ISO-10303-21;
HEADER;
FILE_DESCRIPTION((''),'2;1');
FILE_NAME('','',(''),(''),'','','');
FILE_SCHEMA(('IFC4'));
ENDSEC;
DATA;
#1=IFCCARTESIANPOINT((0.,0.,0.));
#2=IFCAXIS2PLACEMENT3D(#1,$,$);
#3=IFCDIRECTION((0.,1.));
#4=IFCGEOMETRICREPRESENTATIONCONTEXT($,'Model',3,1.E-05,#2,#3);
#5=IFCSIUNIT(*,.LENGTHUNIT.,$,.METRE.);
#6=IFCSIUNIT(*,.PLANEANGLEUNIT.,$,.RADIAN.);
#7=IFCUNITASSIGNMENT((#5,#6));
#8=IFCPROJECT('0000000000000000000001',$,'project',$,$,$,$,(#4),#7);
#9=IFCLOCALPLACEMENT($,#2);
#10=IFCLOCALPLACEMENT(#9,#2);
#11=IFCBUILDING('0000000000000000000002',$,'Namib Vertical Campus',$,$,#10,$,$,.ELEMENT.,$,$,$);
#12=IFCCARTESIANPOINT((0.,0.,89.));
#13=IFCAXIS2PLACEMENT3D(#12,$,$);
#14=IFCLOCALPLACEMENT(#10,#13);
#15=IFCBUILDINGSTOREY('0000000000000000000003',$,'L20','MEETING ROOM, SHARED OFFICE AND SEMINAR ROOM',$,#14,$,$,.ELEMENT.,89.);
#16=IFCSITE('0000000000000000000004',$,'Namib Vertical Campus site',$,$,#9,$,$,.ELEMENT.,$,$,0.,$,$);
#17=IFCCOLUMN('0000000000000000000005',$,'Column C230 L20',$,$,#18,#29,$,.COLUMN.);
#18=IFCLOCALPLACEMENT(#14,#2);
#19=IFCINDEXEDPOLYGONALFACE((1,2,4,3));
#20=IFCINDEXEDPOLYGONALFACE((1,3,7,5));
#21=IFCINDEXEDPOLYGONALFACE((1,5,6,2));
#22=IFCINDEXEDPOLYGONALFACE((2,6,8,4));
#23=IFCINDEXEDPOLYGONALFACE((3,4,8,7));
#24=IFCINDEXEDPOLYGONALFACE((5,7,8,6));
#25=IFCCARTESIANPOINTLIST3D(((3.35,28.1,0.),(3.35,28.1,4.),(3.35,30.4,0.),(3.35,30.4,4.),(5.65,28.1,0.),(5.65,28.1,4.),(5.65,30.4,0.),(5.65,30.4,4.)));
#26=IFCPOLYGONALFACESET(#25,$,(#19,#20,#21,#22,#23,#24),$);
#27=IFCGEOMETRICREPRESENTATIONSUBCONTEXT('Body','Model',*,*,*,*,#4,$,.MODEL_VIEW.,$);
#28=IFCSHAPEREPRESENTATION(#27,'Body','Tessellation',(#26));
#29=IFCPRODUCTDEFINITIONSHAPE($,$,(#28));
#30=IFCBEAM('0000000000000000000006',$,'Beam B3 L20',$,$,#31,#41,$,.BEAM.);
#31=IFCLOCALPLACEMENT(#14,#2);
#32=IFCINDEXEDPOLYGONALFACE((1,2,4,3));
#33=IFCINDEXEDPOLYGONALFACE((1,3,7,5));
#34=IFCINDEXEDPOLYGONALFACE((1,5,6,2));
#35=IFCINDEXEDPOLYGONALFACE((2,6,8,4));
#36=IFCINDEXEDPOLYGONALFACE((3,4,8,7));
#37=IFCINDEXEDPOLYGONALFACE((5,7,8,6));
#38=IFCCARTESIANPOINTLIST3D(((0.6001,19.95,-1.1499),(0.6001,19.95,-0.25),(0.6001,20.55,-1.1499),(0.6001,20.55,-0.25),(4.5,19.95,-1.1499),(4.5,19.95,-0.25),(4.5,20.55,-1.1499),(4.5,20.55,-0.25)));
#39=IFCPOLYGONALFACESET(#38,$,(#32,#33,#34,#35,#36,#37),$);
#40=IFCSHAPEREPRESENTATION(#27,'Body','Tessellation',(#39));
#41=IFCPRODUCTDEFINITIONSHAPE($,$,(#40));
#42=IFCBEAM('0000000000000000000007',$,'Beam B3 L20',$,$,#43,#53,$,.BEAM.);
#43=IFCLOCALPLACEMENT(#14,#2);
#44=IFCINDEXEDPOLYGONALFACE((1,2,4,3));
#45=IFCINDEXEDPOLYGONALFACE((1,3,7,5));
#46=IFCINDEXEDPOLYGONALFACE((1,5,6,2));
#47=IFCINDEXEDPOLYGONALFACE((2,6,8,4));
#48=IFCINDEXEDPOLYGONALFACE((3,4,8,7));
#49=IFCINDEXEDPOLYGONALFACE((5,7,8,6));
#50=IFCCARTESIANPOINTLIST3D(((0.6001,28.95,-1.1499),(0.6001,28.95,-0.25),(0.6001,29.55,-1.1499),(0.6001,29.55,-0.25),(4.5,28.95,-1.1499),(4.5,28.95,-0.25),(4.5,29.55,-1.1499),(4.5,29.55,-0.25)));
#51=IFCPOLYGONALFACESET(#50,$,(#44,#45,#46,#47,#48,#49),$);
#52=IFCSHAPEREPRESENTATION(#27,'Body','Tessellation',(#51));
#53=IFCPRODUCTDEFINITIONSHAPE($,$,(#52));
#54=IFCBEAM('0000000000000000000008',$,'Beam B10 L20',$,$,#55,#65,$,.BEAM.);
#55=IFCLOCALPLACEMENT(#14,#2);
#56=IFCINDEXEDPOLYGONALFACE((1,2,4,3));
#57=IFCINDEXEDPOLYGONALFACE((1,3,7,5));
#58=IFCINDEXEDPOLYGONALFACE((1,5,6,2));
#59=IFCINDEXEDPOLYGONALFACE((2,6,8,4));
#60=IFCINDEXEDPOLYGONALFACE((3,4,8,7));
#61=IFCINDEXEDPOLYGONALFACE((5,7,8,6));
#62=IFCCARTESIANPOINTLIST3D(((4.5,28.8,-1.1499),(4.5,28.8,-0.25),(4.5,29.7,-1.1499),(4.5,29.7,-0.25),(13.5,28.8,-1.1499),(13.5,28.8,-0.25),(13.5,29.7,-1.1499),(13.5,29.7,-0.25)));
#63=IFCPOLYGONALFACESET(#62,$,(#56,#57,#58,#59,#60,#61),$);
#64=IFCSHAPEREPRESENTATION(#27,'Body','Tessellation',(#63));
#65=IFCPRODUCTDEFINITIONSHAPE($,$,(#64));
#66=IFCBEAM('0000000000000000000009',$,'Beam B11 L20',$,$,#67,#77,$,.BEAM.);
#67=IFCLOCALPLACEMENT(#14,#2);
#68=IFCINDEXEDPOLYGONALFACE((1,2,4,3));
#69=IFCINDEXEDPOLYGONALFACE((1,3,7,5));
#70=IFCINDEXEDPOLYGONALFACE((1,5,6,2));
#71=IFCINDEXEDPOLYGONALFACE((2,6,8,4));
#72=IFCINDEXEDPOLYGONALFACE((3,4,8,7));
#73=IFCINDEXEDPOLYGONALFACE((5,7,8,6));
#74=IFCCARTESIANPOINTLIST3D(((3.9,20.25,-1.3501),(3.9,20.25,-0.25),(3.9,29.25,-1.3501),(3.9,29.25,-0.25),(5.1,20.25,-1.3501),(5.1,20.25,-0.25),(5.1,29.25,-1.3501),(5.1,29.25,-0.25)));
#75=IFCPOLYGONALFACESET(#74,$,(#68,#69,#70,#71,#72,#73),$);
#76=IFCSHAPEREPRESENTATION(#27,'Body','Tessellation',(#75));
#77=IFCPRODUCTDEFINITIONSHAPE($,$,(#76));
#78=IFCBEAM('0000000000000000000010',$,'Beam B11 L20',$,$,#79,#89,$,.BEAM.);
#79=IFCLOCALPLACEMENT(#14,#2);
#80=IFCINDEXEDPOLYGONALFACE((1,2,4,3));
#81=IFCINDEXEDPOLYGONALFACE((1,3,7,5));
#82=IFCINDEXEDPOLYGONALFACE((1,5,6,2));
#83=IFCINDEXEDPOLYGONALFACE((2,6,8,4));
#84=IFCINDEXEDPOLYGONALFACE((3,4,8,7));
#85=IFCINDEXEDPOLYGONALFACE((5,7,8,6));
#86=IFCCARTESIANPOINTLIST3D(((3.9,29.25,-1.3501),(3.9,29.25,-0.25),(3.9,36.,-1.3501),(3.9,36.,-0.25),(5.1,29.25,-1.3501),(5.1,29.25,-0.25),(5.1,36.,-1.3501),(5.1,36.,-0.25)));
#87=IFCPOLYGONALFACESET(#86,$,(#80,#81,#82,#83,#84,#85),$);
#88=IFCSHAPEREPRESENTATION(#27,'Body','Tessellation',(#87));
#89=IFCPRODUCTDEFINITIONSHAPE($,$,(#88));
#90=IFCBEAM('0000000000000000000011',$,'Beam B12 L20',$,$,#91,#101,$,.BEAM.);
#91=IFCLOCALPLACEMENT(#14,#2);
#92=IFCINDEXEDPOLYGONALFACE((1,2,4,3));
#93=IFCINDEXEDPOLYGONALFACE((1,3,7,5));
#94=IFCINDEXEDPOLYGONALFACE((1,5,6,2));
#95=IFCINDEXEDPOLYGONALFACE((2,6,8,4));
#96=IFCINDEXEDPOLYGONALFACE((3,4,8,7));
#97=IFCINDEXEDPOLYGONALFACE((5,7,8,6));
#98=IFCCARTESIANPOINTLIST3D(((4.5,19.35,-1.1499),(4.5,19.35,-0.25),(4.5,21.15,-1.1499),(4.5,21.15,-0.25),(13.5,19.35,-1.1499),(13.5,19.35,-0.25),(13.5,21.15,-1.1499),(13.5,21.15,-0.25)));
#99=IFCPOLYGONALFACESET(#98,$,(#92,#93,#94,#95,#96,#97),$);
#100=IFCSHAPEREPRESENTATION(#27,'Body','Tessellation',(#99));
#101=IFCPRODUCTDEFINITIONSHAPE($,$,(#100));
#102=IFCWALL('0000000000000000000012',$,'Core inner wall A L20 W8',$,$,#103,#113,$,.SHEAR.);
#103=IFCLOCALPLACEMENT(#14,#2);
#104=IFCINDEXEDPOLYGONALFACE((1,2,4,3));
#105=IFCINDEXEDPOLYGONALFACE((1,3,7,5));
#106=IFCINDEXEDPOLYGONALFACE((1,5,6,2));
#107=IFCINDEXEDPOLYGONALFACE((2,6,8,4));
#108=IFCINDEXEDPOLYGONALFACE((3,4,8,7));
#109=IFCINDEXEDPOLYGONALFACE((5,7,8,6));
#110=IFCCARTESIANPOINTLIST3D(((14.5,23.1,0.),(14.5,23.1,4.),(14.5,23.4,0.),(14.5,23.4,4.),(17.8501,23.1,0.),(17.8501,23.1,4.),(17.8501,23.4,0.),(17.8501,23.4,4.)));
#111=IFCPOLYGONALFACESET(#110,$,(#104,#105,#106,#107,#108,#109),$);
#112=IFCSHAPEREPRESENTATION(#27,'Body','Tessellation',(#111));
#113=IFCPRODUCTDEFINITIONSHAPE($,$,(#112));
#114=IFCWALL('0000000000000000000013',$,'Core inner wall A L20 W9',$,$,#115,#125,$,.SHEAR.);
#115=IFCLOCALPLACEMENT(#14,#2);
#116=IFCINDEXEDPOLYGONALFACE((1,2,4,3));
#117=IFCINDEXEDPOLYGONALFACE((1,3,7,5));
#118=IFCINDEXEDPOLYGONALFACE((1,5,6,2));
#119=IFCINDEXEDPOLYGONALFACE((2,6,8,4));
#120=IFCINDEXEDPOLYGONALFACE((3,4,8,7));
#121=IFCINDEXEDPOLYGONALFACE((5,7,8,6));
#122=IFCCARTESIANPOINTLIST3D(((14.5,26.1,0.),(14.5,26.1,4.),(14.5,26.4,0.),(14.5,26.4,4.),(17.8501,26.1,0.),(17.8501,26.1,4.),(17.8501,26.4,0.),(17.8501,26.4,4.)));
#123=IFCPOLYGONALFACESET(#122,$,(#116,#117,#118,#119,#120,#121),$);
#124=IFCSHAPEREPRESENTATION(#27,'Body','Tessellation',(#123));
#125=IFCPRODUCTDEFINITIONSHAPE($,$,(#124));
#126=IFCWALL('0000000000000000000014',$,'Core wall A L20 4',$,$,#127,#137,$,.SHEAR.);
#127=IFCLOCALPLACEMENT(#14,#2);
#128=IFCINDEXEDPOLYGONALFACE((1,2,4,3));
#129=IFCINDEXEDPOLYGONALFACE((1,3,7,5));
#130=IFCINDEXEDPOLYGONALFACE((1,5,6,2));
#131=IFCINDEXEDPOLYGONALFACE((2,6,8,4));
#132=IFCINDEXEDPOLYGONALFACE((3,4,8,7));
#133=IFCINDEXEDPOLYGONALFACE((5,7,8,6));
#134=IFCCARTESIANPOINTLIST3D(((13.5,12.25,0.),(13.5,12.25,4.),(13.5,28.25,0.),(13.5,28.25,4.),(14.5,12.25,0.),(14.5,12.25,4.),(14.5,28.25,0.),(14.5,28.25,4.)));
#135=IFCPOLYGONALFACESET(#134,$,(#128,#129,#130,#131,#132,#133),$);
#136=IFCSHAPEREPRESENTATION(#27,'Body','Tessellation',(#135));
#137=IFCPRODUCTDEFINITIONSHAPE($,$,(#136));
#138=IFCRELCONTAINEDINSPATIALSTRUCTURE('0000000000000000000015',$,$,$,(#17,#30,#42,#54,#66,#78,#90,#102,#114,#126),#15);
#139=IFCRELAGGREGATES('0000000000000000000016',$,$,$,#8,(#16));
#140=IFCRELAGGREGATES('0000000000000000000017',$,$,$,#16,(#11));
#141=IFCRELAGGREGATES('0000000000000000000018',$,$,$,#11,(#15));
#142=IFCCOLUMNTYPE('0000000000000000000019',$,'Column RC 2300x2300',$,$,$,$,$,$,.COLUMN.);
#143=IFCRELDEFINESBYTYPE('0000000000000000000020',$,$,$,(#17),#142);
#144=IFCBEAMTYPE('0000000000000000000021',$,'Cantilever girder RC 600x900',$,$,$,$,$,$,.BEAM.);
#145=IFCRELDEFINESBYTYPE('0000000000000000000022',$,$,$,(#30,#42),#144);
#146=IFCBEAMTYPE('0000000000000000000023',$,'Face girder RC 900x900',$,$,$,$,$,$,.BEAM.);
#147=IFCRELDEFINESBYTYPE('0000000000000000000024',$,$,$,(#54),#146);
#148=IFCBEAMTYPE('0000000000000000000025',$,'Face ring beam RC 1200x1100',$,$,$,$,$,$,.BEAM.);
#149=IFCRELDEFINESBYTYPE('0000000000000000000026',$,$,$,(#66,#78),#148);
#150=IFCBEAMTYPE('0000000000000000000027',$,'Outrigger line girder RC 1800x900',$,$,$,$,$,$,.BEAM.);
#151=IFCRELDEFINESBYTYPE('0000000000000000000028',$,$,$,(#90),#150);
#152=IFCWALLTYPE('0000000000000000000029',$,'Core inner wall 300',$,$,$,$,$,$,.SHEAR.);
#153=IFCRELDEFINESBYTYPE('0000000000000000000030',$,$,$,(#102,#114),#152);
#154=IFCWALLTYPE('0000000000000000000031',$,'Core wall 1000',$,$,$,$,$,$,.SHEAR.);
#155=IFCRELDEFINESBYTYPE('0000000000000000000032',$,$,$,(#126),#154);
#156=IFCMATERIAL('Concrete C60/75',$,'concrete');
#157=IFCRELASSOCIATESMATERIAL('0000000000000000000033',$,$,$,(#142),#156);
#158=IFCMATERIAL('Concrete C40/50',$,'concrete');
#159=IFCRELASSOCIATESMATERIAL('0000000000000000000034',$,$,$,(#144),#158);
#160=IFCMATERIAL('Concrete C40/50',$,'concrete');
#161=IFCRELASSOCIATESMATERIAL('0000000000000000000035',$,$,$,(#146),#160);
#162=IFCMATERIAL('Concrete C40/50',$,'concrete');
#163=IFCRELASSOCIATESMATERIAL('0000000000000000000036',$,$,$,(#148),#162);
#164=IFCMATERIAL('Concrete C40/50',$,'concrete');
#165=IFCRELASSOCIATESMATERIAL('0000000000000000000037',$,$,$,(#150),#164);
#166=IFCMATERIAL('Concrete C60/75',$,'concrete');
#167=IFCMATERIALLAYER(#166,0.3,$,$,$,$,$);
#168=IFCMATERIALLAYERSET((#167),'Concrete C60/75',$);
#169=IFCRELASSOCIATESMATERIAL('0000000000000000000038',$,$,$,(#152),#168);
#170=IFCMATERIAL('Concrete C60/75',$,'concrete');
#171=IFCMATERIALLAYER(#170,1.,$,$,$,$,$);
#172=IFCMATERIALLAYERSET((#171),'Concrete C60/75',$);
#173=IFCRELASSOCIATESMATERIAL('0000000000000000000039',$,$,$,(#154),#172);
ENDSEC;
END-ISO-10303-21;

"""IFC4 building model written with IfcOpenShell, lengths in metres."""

from ifc_helpers import new_model, si_unit, direction, frame, frame_2d, origin, origin_2d, place, context, subcontext, project, spatial, rectangle, extrude, material, layer, layer_set, material_profile, profile_set, type_object, element, save


model = new_model("IFC4")

# Units and contexts
model_context = context("Model", 3, precision=1e-05, world=origin(), true_north=direction((0.0, 1.0)))
body_context = subcontext(model_context, "Body", "Model", "MODEL_VIEW")
ifc_project = project(units=[si_unit("LENGTHUNIT", "METRE"), si_unit("PLANEANGLEUNIT", "RADIAN")], contexts=[model_context])

# Site, building, storey
site_placement = place(None, origin())
site = spatial("IfcSite", under=ifc_project, at=site_placement, Name="Namib Vertical Campus site", CompositionType="ELEMENT", RefElevation=0.0)
building_placement = place(site_placement, origin())
building = spatial("IfcBuilding", under=site, at=building_placement, Name="Namib Vertical Campus", CompositionType="ELEMENT")
storey_placement = place(building_placement, frame((0.0, 0.0, 89.0)))
storey = spatial("IfcBuildingStorey", under=building, at=storey_placement, Name="L20", Description="MEETING ROOM, SHARED OFFICE AND SEMINAR ROOM", CompositionType="ELEMENT", Elevation=89.0)

# Column
ifc_material_1 = material(Name="Concrete C60/75", Category="concrete")
ifc_material_profile_1 = material_profile(ifc_material_1, rectangle(XDim=2.3, YDim=2.3, at=origin_2d()))
ifc_profile_set_1 = profile_set([ifc_material_profile_1], Name="Concrete C60/75")
column_type = type_object("IfcColumnType", Name="Column RC 2300x2300", PredefinedType="COLUMN", material=ifc_profile_set_1)
column_placement = place(storey_placement, frame((4.5, 29.25, 0.0), z_axis=(0.0, 0.0, 1.0), x_axis=(1.0, 0.0, 0.0)))
element("IfcColumn", 1, at=column_placement, inside=storey, type_object=column_type, Name="Column C230 L20", PredefinedType="COLUMN", context=body_context, shape_type="SweptSolid", body=[
    extrude(rectangle(XDim=2.3, YDim=2.3, at=origin_2d()), origin(), (0.0, 0.0, 1.0), 4.0),
])

# Beams
ifc_material_2 = material(Name="Concrete C40/50", Category="concrete")
ifc_material_profile_2 = material_profile(ifc_material_2, rectangle(XDim=0.6001, YDim=0.8999, at=origin_2d()))
ifc_profile_set_2 = profile_set([ifc_material_profile_2], Name="Concrete C40/50")
beam_type_1 = type_object("IfcBeamType", Name="Cantilever girder RC 600x900", PredefinedType="BEAM", material=ifc_profile_set_2)
for number, where, z_axis, x_axis, name in (
    (2, (4.5, 20.25, -0.7), (-1.0, 0.0, 0.0), (0.0, -1.0, 0.0), "Beam B3 L20"),
    (3, (4.5, 29.25, -0.7), (-1.0, 0.0, 0.0), (0.0, -1.0, 0.0), "Beam B3 L20"),
):
    element("IfcBeam", number, at=place(storey_placement, frame(where, z_axis=z_axis, x_axis=x_axis)), inside=storey, type_object=beam_type_1, Name=name, PredefinedType="BEAM", context=body_context, shape_type="SweptSolid", body=[
        extrude(rectangle(XDim=0.6001, YDim=0.8999, at=origin_2d()), origin(), (0.0, 0.0, 1.0), 3.8999),
    ])
ifc_material_3 = material(Name="Concrete C40/50", Category="concrete")
ifc_material_profile_3 = material_profile(ifc_material_3, rectangle(XDim=0.8999, YDim=0.8999, at=origin_2d()))
ifc_profile_set_3 = profile_set([ifc_material_profile_3], Name="Concrete C40/50")
beam_type_2 = type_object("IfcBeamType", Name="Face girder RC 900x900", PredefinedType="BEAM", material=ifc_profile_set_3)
beam_1_placement = place(storey_placement, frame((4.5, 29.25, -0.7), z_axis=(1.0, 0.0, 0.0), x_axis=(0.0, 1.0, 0.0)))
element("IfcBeam", 4, at=beam_1_placement, inside=storey, type_object=beam_type_2, Name="Beam B10 L20", PredefinedType="BEAM", context=body_context, shape_type="SweptSolid", body=[
    extrude(rectangle(XDim=0.8999, YDim=0.8999, at=origin_2d()), origin(), (0.0, 0.0, 1.0), 9.0),
])
ifc_material_4 = material(Name="Concrete C40/50", Category="concrete")
ifc_material_profile_4 = material_profile(ifc_material_4, rectangle(XDim=1.2, YDim=1.1001, at=origin_2d()))
ifc_profile_set_4 = profile_set([ifc_material_profile_4], Name="Concrete C40/50")
beam_type_3 = type_object("IfcBeamType", Name="Face ring beam RC 1200x1100", PredefinedType="BEAM", material=ifc_profile_set_4)
beam_2_placement = place(storey_placement, frame((4.5, 20.25, -0.8), z_axis=(0.0, 1.0, 0.0), x_axis=(-1.0, 0.0, 0.0)))
element("IfcBeam", 5, at=beam_2_placement, inside=storey, type_object=beam_type_3, Name="Beam B11 L20", PredefinedType="BEAM", context=body_context, shape_type="SweptSolid", body=[
    extrude(rectangle(XDim=1.2, YDim=1.1001, at=origin_2d()), origin(), (0.0, 0.0, 1.0), 9.0),
])
beam_3_placement = place(storey_placement, frame((4.5, 29.25, -0.8), z_axis=(0.0, 1.0, 0.0), x_axis=(-1.0, 0.0, 0.0)))
element("IfcBeam", 6, at=beam_3_placement, inside=storey, type_object=beam_type_3, Name="Beam B11 L20", PredefinedType="BEAM", context=body_context, shape_type="SweptSolid", body=[
    extrude(rectangle(XDim=1.2, YDim=1.1001, at=origin_2d()), origin(), (0.0, 0.0, 1.0), 6.75),
])
ifc_material_5 = material(Name="Concrete C40/50", Category="concrete")
ifc_material_profile_5 = material_profile(ifc_material_5, rectangle(XDim=1.8, YDim=0.8999, at=origin_2d()))
ifc_profile_set_5 = profile_set([ifc_material_profile_5], Name="Concrete C40/50")
beam_type_4 = type_object("IfcBeamType", Name="Outrigger line girder RC 1800x900", PredefinedType="BEAM", material=ifc_profile_set_5)
beam_4_placement = place(storey_placement, frame((4.5, 20.25, -0.7), z_axis=(1.0, 0.0, 0.0), x_axis=(0.0, 1.0, 0.0)))
element("IfcBeam", 7, at=beam_4_placement, inside=storey, type_object=beam_type_4, Name="Beam B12 L20", PredefinedType="BEAM", context=body_context, shape_type="SweptSolid", body=[
    extrude(rectangle(XDim=1.8, YDim=0.8999, at=origin_2d()), origin(), (0.0, 0.0, 1.0), 9.0),
])

# Walls
ifc_material_6 = material(Name="Concrete C60/75", Category="concrete")
ifc_layer_1 = layer(ifc_material_6, 0.3)
ifc_layer_set_1 = layer_set([ifc_layer_1], Name="Concrete C60/75")
wall_type_1 = type_object("IfcWallType", Name="Core inner wall 300", PredefinedType="SHEAR", material=ifc_layer_set_1)
for number, where, z_axis, x_axis, name in (
    (8, (14.5, 23.25, 0.0), (0.0, 0.0, 1.0), (1.0, 0.0, 0.0), "Core inner wall A L20 W8"),
    (9, (14.5, 26.25, 0.0), (0.0, 0.0, 1.0), (1.0, 0.0, 0.0), "Core inner wall A L20 W9"),
):
    element("IfcWall", number, at=place(storey_placement, frame(where, z_axis=z_axis, x_axis=x_axis)), inside=storey, type_object=wall_type_1, Name=name, PredefinedType="SHEAR", context=body_context, shape_type="SweptSolid", body=[
        extrude(rectangle(XDim=3.3501, YDim=0.3, at=frame_2d((1.675, 0.0))), origin(), (0.0, 0.0, 1.0), 4.0),
    ])
ifc_material_7 = material(Name="Concrete C60/75", Category="concrete")
ifc_layer_2 = layer(ifc_material_7, 1.0)
ifc_layer_set_2 = layer_set([ifc_layer_2], Name="Concrete C60/75")
wall_type_2 = type_object("IfcWallType", Name="Core wall 1000", PredefinedType="SHEAR", material=ifc_layer_set_2)
wall_1_placement = place(storey_placement, frame((14.0, 28.25, 0.0), z_axis=(0.0, 0.0, 1.0), x_axis=(0.0, -1.0, 0.0)))
element("IfcWall", 10, at=wall_1_placement, inside=storey, type_object=wall_type_2, Name="Core wall A L20 4", PredefinedType="SHEAR", context=body_context, shape_type="SweptSolid", body=[
    extrude(rectangle(XDim=16.0, YDim=1.0, at=frame_2d((8.0, 0.0))), origin(), (0.0, 0.0, 1.0), 4.0),
])

save(model, "model.ifc")
